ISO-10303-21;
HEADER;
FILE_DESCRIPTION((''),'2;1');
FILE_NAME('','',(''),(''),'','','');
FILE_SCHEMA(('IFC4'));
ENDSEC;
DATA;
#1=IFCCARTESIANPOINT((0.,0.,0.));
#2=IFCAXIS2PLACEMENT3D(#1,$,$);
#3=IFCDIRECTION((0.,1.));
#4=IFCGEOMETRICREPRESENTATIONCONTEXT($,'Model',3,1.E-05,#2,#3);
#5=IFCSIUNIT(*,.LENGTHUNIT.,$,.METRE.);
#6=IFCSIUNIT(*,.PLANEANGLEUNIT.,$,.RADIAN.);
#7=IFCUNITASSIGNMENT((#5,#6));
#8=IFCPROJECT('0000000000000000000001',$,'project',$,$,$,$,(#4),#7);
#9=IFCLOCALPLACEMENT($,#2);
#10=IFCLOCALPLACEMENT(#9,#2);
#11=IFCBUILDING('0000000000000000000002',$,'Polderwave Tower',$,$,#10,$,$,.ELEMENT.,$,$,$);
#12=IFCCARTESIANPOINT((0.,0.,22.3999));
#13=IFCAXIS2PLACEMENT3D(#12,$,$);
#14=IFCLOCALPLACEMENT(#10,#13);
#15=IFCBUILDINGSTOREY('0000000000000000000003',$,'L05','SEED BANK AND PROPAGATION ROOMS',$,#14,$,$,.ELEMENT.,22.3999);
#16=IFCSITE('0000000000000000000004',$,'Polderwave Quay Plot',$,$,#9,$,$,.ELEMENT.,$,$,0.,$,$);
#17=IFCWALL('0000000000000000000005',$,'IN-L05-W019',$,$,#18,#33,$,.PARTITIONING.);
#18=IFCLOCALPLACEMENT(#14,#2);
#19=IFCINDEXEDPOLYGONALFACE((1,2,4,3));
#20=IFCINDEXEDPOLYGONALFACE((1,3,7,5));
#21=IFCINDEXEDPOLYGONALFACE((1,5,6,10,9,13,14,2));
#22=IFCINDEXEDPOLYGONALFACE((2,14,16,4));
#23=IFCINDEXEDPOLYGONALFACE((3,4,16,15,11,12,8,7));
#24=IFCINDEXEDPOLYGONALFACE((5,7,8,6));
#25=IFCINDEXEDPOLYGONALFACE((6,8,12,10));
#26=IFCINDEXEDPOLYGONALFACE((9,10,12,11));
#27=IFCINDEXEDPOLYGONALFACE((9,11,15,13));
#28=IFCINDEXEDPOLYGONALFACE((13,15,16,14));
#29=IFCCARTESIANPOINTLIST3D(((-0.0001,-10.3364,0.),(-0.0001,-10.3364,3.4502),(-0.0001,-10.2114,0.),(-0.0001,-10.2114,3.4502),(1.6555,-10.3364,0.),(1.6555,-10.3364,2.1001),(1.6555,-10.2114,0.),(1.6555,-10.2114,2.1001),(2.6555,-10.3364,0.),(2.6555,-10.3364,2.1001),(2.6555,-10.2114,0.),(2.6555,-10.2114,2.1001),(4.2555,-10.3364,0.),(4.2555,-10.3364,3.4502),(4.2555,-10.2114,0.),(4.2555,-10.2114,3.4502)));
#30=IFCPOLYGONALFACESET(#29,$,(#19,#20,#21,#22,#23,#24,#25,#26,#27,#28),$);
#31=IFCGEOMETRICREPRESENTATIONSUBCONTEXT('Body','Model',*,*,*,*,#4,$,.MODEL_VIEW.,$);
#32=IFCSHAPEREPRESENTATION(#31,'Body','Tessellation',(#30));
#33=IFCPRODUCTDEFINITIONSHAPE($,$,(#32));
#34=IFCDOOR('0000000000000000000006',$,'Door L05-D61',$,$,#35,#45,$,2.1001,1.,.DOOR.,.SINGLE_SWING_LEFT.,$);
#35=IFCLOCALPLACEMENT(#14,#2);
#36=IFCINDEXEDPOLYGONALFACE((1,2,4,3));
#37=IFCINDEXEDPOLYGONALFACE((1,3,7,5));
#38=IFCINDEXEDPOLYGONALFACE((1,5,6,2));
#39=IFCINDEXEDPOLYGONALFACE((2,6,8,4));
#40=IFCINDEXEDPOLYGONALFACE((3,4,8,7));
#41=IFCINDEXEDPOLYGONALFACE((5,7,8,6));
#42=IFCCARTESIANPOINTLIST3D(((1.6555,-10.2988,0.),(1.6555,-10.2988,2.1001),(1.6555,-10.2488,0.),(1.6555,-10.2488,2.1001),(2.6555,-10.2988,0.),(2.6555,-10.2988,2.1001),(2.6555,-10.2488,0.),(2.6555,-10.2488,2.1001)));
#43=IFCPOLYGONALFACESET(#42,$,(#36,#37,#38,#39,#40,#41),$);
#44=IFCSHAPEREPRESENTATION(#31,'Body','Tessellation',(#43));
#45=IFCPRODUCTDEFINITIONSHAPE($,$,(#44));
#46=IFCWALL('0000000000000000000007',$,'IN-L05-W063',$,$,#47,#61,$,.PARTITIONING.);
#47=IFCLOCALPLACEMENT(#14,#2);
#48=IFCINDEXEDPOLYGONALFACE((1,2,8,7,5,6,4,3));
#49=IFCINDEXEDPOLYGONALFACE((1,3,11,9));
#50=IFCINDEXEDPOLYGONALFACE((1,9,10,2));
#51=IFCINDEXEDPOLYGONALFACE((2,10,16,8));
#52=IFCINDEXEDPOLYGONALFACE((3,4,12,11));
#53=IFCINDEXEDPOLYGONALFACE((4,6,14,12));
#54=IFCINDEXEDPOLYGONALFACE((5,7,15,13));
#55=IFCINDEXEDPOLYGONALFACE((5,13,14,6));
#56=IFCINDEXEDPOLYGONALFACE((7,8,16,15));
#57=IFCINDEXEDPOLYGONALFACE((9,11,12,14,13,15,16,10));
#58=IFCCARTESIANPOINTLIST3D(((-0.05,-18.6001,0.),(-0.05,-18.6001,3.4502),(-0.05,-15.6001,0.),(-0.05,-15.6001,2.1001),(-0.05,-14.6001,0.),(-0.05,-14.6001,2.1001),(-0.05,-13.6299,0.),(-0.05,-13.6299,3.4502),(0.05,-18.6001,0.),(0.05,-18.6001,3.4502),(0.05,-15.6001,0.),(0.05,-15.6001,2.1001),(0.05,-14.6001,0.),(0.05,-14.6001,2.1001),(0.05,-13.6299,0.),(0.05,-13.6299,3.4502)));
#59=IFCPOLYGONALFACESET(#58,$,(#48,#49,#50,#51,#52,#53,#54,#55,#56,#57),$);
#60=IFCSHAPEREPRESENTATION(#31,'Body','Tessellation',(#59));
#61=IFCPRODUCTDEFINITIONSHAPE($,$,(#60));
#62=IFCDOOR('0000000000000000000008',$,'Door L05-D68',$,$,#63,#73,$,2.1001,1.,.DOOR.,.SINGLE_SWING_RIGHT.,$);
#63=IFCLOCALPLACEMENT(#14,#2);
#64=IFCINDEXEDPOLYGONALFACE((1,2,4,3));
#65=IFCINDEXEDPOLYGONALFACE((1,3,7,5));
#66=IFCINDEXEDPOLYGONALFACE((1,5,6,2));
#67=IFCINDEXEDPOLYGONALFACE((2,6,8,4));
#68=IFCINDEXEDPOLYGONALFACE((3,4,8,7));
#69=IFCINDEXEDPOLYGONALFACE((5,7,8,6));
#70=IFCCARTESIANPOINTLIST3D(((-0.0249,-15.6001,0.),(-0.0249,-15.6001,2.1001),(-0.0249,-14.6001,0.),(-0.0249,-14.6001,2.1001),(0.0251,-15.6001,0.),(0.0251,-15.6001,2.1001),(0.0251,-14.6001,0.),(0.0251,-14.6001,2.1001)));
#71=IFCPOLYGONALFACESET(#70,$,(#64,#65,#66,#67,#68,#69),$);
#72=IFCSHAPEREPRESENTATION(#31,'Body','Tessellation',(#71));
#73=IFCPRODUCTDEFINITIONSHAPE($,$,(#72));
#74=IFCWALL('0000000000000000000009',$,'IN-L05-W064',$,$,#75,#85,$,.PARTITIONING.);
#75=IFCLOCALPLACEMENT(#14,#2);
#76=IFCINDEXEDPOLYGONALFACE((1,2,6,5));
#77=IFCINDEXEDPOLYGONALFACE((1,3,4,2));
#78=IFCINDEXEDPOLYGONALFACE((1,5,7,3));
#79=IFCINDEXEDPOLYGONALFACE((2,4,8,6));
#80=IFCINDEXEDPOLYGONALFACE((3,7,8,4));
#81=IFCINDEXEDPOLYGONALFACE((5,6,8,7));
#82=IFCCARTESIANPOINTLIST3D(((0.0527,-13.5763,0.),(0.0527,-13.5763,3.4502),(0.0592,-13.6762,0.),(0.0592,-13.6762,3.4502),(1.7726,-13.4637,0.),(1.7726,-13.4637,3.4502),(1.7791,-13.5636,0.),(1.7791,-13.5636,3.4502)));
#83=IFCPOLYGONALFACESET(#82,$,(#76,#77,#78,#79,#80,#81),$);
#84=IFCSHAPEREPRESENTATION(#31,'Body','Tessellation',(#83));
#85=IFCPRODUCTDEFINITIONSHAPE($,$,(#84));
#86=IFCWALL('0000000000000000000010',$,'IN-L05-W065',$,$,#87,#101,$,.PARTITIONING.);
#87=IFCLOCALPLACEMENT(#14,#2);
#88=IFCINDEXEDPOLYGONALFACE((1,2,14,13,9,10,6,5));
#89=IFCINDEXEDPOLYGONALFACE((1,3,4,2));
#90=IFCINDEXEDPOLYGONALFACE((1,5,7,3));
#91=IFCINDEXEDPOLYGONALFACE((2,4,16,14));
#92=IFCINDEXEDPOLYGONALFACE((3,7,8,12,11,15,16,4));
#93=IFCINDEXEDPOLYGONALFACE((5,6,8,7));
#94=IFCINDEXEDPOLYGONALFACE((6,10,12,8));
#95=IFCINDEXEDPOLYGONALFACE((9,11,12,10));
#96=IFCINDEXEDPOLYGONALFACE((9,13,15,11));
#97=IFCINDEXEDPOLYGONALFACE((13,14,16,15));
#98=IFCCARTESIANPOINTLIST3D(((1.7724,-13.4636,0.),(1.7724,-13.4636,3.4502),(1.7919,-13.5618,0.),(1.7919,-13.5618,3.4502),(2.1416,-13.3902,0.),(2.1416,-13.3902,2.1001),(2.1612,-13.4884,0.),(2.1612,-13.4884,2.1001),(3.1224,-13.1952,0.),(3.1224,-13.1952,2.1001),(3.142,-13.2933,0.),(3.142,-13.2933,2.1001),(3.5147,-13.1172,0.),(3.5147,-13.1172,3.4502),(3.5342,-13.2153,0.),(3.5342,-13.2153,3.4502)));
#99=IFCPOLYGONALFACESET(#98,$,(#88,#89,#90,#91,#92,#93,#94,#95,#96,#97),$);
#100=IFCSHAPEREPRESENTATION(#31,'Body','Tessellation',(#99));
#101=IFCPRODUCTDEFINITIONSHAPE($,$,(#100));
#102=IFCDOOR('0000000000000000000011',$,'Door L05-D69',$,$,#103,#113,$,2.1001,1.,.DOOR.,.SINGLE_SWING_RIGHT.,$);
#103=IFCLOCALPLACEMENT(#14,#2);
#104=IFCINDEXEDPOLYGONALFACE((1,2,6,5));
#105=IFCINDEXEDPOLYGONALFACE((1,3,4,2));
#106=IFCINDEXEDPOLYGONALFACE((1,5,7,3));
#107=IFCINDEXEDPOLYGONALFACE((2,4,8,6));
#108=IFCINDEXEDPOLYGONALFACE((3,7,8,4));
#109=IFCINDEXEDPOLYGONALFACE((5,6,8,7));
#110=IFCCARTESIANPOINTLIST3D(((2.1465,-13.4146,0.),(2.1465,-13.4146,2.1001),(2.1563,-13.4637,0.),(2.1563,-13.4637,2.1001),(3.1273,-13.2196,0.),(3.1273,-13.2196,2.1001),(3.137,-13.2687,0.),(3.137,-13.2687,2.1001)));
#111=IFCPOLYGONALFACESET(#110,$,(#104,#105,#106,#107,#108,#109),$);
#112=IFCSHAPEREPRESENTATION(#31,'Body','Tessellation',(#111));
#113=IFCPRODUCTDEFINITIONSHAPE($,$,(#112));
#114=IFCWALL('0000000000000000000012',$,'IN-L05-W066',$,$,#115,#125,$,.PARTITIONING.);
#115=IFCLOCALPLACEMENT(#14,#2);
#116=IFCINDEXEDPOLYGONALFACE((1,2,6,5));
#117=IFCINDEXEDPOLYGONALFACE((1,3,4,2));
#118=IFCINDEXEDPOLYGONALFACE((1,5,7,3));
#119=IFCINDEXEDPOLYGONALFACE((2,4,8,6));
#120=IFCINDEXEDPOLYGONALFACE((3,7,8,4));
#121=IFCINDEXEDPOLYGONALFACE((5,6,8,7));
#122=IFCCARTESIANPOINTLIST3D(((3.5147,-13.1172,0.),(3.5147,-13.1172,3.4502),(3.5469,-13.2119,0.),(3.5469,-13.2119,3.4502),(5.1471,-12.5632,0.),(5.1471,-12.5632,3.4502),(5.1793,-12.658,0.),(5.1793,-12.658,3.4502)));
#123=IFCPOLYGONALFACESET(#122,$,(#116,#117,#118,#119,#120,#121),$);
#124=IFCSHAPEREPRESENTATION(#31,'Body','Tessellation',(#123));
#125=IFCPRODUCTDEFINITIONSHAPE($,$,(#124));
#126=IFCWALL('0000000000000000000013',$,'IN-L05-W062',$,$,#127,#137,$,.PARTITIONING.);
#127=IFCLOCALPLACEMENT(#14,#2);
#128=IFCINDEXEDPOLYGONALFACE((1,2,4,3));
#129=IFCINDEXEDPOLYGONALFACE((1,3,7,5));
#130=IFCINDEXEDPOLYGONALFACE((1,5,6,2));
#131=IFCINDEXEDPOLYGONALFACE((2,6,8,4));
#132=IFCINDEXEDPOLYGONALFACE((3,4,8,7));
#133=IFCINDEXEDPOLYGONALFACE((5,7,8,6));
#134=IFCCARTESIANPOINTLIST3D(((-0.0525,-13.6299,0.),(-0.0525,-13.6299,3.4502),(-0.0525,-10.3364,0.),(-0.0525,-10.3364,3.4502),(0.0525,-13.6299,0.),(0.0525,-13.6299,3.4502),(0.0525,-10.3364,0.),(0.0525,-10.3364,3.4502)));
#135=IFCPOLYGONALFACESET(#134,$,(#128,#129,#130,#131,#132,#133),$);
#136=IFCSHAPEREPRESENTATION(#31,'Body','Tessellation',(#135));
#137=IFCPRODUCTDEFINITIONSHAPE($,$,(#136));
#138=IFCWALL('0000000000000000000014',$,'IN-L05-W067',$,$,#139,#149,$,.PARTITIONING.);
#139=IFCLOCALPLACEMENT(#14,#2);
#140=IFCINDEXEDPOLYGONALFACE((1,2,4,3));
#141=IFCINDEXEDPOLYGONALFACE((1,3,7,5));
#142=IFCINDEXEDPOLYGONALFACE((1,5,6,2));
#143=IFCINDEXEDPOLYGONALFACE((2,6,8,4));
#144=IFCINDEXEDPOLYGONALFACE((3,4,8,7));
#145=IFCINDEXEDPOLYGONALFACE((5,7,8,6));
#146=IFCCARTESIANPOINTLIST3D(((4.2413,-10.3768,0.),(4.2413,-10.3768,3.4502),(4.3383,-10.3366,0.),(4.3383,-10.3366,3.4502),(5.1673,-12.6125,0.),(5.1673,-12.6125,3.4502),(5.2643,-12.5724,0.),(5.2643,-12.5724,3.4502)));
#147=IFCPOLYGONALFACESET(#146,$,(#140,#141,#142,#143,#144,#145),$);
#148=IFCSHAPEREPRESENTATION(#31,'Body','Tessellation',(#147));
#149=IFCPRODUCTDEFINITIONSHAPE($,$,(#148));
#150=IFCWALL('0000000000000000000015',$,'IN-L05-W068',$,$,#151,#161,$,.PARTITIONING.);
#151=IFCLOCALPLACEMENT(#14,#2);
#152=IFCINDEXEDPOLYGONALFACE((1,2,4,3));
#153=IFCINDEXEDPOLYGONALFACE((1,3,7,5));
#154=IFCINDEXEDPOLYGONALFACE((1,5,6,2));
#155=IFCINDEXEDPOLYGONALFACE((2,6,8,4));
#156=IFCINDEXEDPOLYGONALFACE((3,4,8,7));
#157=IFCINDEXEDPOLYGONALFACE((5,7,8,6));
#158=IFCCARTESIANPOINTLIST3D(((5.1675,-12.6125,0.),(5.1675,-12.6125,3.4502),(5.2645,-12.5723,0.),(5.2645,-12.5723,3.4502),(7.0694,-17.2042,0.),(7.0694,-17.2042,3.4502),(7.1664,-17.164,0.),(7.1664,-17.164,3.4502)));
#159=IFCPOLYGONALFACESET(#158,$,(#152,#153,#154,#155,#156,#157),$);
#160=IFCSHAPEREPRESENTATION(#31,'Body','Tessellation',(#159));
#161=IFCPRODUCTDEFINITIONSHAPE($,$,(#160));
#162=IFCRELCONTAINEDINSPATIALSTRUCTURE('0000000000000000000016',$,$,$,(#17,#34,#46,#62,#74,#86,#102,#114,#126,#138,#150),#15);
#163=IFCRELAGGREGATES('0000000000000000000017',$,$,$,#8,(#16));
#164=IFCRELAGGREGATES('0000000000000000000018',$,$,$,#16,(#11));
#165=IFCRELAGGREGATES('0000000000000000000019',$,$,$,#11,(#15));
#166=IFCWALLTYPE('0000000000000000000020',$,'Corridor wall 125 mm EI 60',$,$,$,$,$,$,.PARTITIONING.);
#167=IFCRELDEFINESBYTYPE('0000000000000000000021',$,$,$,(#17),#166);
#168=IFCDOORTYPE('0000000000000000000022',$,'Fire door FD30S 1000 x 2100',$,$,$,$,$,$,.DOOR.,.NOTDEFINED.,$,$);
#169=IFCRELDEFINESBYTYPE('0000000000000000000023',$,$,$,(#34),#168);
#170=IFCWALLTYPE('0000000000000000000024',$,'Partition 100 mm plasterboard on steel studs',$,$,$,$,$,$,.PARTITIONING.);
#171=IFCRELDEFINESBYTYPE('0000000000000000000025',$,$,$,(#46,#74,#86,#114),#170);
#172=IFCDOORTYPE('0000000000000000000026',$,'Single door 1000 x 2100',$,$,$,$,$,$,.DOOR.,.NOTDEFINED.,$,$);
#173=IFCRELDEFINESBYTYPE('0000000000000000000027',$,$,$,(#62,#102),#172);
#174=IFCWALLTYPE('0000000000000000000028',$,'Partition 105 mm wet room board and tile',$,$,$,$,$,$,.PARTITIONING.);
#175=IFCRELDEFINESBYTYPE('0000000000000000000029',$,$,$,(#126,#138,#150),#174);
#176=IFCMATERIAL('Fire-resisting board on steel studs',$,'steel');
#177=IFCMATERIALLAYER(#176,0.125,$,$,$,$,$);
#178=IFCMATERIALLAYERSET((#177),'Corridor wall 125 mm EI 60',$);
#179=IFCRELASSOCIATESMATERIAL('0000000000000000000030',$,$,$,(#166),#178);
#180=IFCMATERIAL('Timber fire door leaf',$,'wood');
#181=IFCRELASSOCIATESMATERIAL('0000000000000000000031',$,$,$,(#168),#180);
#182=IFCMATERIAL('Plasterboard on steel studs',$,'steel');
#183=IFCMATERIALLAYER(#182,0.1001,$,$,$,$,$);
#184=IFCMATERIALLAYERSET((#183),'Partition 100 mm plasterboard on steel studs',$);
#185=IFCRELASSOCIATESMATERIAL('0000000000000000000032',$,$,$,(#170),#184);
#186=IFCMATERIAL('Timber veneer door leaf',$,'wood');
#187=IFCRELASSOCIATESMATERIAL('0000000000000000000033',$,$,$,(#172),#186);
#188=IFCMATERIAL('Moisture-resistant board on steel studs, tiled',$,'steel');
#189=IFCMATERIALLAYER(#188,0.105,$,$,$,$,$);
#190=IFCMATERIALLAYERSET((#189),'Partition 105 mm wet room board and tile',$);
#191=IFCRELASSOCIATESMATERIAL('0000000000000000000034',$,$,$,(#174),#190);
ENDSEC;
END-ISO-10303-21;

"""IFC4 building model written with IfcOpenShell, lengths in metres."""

from ifc_helpers import new_model, si_unit, direction, frame, frame_2d, origin, place, context, subcontext, project, spatial, rectangle, extrude, material, layer, layer_set, type_object, element, fill, save


model = new_model("IFC4")

# Units and contexts
model_context = context("Model", 3, precision=1e-05, world=origin(), true_north=direction((0.0, 1.0)))
body_context = subcontext(model_context, "Body", "Model", "MODEL_VIEW")
ifc_project = project(units=[si_unit("LENGTHUNIT", "METRE"), si_unit("PLANEANGLEUNIT", "RADIAN")], contexts=[model_context])

# Site, building, storey
site_placement = place(None, origin())
site = spatial("IfcSite", under=ifc_project, at=site_placement, Name="Polderwave Quay Plot", CompositionType="ELEMENT", RefElevation=0.0)
building_placement = place(site_placement, origin())
building = spatial("IfcBuilding", under=site, at=building_placement, Name="Polderwave Tower", CompositionType="ELEMENT")
storey_placement = place(building_placement, frame((0.0, 0.0, 22.3999)))
storey = spatial("IfcBuildingStorey", under=building, at=storey_placement, Name="L05", Description="SEED BANK AND PROPAGATION ROOMS", CompositionType="ELEMENT", Elevation=22.3999)

# Walls, openings, doors
ifc_material_1 = material(Name="Fire-resisting board on steel studs", Category="steel")
ifc_layer_1 = layer(ifc_material_1, 0.125)
ifc_layer_set_1 = layer_set([ifc_layer_1], Name="Corridor wall 125 mm EI 60")
wall_type_1 = type_object("IfcWallType", Name="Corridor wall 125 mm EI 60", PredefinedType="PARTITIONING", material=ifc_layer_set_1)
ifc_material_2 = material(Name="Timber fire door leaf", Category="wood")
door_type_1 = type_object("IfcDoorType", Name="Fire door FD30S 1000 x 2100", OperationType="NOTDEFINED", PredefinedType="DOOR", material=ifc_material_2)
wall_1_placement = place(storey_placement, frame((4.2556, -10.2739, 0.0), z_axis=(0.0, 0.0, 1.0), x_axis=(-1.0, 0.0, 0.0)))
wall_1 = element("IfcWall", 1, at=wall_1_placement, inside=storey, type_object=wall_type_1, Name="IN-L05-W019", PredefinedType="PARTITIONING", context=body_context, shape_type="SweptSolid", body=[
    extrude(rectangle(XDim=4.2556, YDim=0.125, at=frame_2d((2.1279, 0.0))), origin(), (0.0, 0.0, 1.0), 3.4502),
])
opening_1_placement = place(wall_1_placement, frame((1.6001, 0.0, 0.0)))
opening_1 = element("IfcOpeningElement", 2, at=opening_1_placement, cuts=wall_1, PredefinedType="OPENING", context=body_context, shape_type="SweptSolid", body=[
    extrude(rectangle(XDim=1.0, YDim=2.1001, at=frame_2d((0.5, 1.05))), frame((0.0, 0.0725, 0.0), z_axis=(0.0, -1.0, 0.0), x_axis=(1.0, 0.0, 0.0)), (0.0, 0.0, 1.0), 0.145),
])
door_1_placement = place(opening_1_placement, origin())
door_1 = element("IfcDoor", 3, at=door_1_placement, inside=storey, type_object=door_type_1, Name="Door L05-D61", OperationType="SINGLE_SWING_LEFT", OverallHeight=2.1001, OverallWidth=1.0, PredefinedType="DOOR", context=body_context, shape_type="SweptSolid", body=[
    extrude(rectangle(XDim=1.0, YDim=2.1001, at=frame_2d((0.5, 1.05))), frame((0.0, 0.0249, 0.0), z_axis=(0.0, -1.0, 0.0), x_axis=(1.0, 0.0, 0.0)), (0.0, 0.0, 1.0), 0.05),
])
fill(opening_1, door_1)
ifc_material_3 = material(Name="Plasterboard on steel studs", Category="steel")
ifc_layer_2 = layer(ifc_material_3, 0.1001)
ifc_layer_set_2 = layer_set([ifc_layer_2], Name="Partition 100 mm plasterboard on steel studs")
wall_type_2 = type_object("IfcWallType", Name="Partition 100 mm plasterboard on steel studs", PredefinedType="PARTITIONING", material=ifc_layer_set_2)
wall_2_placement = place(storey_placement, frame((0.0, -18.6001, 0.0), z_axis=(0.0, 0.0, 1.0), x_axis=(0.0, 1.0, 0.0)))
wall_2 = element("IfcWall", 4, at=wall_2_placement, inside=storey, type_object=wall_type_2, Name="IN-L05-W063", PredefinedType="PARTITIONING", context=body_context, shape_type="SweptSolid", body=[
    extrude(rectangle(XDim=4.9702, YDim=0.1001, at=frame_2d((2.4851, 0.0))), origin(), (0.0, 0.0, 1.0), 3.4502),
])
opening_2_placement = place(wall_2_placement, frame((3.0, 0.0, 0.0)))
opening_2 = element("IfcOpeningElement", 5, at=opening_2_placement, cuts=wall_2, PredefinedType="OPENING", context=body_context, shape_type="SweptSolid", body=[
    extrude(rectangle(XDim=1.0, YDim=2.1001, at=frame_2d((0.5, 1.05))), frame((0.0, 0.0601, 0.0), z_axis=(0.0, -1.0, 0.0), x_axis=(1.0, 0.0, 0.0)), (0.0, 0.0, 1.0), 0.1201),
])
ifc_material_4 = material(Name="Timber veneer door leaf", Category="wood")
door_type_2 = type_object("IfcDoorType", Name="Single door 1000 x 2100", OperationType="NOTDEFINED", PredefinedType="DOOR", material=ifc_material_4)
door_2_placement = place(opening_2_placement, origin())
door_2 = element("IfcDoor", 6, at=door_2_placement, inside=storey, type_object=door_type_2, Name="Door L05-D68", OperationType="SINGLE_SWING_RIGHT", OverallHeight=2.1001, OverallWidth=1.0, PredefinedType="DOOR", context=body_context, shape_type="SweptSolid", body=[
    extrude(rectangle(XDim=1.0, YDim=2.1001, at=frame_2d((0.5, 1.05))), frame((0.0, 0.0249, 0.0), z_axis=(0.0, -1.0, 0.0), x_axis=(1.0, 0.0, 0.0)), (0.0, 0.0, 1.0), 0.05),
])
fill(opening_2, door_2)

# Wall
wall_3_placement = place(storey_placement, frame((1.7759, -13.5137, 0.0), z_axis=(0.0, 0.0, 1.0), x_axis=(-0.997866, -0.065297, 0.0)))
element("IfcWall", 7, at=wall_3_placement, inside=storey, type_object=wall_type_2, Name="IN-L05-W064", PredefinedType="PARTITIONING", context=body_context, shape_type="SweptSolid", body=[
    extrude(rectangle(XDim=1.7236, YDim=0.1001, at=frame_2d((0.8618, 0.0))), origin(), (0.0, 0.0, 1.0), 3.4502),
])

# Wall, opening, door
wall_4_placement = place(storey_placement, frame((3.5244, -13.1663, 0.0), z_axis=(0.0, 0.0, 1.0), x_axis=(-0.980797, -0.195032, 0.0)))
wall_4 = element("IfcWall", 8, at=wall_4_placement, inside=storey, type_object=wall_type_2, Name="IN-L05-W065", PredefinedType="PARTITIONING", context=body_context, shape_type="SweptSolid", body=[
    extrude(rectangle(XDim=1.7764, YDim=0.1001, at=frame_2d((0.8882, 0.0))), origin(), (0.0, 0.0, 1.0), 3.4502),
])
opening_3_placement = place(wall_4_placement, frame((0.3999, 0.0, 0.0)))
opening_3 = element("IfcOpeningElement", 9, at=opening_3_placement, cuts=wall_4, PredefinedType="OPENING", context=body_context, shape_type="SweptSolid", body=[
    extrude(rectangle(XDim=1.0, YDim=2.1001, at=frame_2d((0.5, 1.05))), frame((0.0, 0.0601, 0.0), z_axis=(0.0, -1.0, 0.0), x_axis=(1.0, 0.0, 0.0)), (0.0, 0.0, 1.0), 0.1201),
])
door_3_placement = place(opening_3_placement, origin())
door_3 = element("IfcDoor", 10, at=door_3_placement, inside=storey, type_object=door_type_2, Name="Door L05-D69", OperationType="SINGLE_SWING_RIGHT", OverallHeight=2.1001, OverallWidth=1.0, PredefinedType="DOOR", context=body_context, shape_type="SweptSolid", body=[
    extrude(rectangle(XDim=1.0, YDim=2.1001, at=frame_2d((0.5, 1.05))), frame((0.0, 0.0249, 0.0), z_axis=(0.0, -1.0, 0.0), x_axis=(1.0, 0.0, 0.0)), (0.0, 0.0, 1.0), 0.05),
])
fill(opening_3, door_3)

# Walls
wall_5_placement = place(storey_placement, frame((5.1631, -12.6106, 0.0), z_axis=(0.0, 0.0, 1.0), x_axis=(-0.946956, -0.321364, 0.0)))
element("IfcWall", 11, at=wall_5_placement, inside=storey, type_object=wall_type_2, Name="IN-L05-W066", PredefinedType="PARTITIONING", context=body_context, shape_type="SweptSolid", body=[
    extrude(rectangle(XDim=1.7239, YDim=0.1001, at=frame_2d((0.8618, 0.0))), origin(), (0.0, 0.0, 1.0), 3.4502),
])
ifc_material_5 = material(Name="Moisture-resistant board on steel studs, tiled", Category="steel")
ifc_layer_3 = layer(ifc_material_5, 0.105)
ifc_layer_set_3 = layer_set([ifc_layer_3], Name="Partition 105 mm wet room board and tile")
wall_type_3 = type_object("IfcWallType", Name="Partition 105 mm wet room board and tile", PredefinedType="PARTITIONING", material=ifc_layer_set_3)
wall_6_placement = place(storey_placement, frame((0.0, -10.3364, 0.0), z_axis=(0.0, 0.0, 1.0), x_axis=(0.0, -1.0, 0.0)))
element("IfcWall", 12, at=wall_6_placement, inside=storey, type_object=wall_type_3, Name="IN-L05-W062", PredefinedType="PARTITIONING", context=body_context, shape_type="SweptSolid", body=[
    extrude(rectangle(XDim=3.2935, YDim=0.105, at=frame_2d((1.6467, 0.0))), origin(), (0.0, 0.0, 1.0), 3.4502),
])
wall_7_placement = place(storey_placement, frame((4.2898, -10.3567, 0.0), z_axis=(0.0, 0.0, 1.0), x_axis=(0.382652, -0.923893, 0.0)))
element("IfcWall", 13, at=wall_7_placement, inside=storey, type_object=wall_type_3, Name="IN-L05-W067", PredefinedType="PARTITIONING", context=body_context, shape_type="SweptSolid", body=[
    extrude(rectangle(XDim=2.4199, YDim=0.105, at=frame_2d((1.21, 0.0))), origin(), (0.0, 0.0, 1.0), 3.4502),
])
wall_8_placement = place(storey_placement, frame((5.2161, -12.5925, 0.0), z_axis=(0.0, 0.0, 1.0), x_axis=(0.382679, -0.923882, 0.0)))
element("IfcWall", 14, at=wall_8_placement, inside=storey, type_object=wall_type_3, Name="IN-L05-W068", PredefinedType="PARTITIONING", context=body_context, shape_type="SweptSolid", body=[
    extrude(rectangle(XDim=4.97, YDim=0.105, at=frame_2d((2.4849, 0.0))), origin(), (0.0, 0.0, 1.0), 3.4502),
])

save(model, "model.ifc")
